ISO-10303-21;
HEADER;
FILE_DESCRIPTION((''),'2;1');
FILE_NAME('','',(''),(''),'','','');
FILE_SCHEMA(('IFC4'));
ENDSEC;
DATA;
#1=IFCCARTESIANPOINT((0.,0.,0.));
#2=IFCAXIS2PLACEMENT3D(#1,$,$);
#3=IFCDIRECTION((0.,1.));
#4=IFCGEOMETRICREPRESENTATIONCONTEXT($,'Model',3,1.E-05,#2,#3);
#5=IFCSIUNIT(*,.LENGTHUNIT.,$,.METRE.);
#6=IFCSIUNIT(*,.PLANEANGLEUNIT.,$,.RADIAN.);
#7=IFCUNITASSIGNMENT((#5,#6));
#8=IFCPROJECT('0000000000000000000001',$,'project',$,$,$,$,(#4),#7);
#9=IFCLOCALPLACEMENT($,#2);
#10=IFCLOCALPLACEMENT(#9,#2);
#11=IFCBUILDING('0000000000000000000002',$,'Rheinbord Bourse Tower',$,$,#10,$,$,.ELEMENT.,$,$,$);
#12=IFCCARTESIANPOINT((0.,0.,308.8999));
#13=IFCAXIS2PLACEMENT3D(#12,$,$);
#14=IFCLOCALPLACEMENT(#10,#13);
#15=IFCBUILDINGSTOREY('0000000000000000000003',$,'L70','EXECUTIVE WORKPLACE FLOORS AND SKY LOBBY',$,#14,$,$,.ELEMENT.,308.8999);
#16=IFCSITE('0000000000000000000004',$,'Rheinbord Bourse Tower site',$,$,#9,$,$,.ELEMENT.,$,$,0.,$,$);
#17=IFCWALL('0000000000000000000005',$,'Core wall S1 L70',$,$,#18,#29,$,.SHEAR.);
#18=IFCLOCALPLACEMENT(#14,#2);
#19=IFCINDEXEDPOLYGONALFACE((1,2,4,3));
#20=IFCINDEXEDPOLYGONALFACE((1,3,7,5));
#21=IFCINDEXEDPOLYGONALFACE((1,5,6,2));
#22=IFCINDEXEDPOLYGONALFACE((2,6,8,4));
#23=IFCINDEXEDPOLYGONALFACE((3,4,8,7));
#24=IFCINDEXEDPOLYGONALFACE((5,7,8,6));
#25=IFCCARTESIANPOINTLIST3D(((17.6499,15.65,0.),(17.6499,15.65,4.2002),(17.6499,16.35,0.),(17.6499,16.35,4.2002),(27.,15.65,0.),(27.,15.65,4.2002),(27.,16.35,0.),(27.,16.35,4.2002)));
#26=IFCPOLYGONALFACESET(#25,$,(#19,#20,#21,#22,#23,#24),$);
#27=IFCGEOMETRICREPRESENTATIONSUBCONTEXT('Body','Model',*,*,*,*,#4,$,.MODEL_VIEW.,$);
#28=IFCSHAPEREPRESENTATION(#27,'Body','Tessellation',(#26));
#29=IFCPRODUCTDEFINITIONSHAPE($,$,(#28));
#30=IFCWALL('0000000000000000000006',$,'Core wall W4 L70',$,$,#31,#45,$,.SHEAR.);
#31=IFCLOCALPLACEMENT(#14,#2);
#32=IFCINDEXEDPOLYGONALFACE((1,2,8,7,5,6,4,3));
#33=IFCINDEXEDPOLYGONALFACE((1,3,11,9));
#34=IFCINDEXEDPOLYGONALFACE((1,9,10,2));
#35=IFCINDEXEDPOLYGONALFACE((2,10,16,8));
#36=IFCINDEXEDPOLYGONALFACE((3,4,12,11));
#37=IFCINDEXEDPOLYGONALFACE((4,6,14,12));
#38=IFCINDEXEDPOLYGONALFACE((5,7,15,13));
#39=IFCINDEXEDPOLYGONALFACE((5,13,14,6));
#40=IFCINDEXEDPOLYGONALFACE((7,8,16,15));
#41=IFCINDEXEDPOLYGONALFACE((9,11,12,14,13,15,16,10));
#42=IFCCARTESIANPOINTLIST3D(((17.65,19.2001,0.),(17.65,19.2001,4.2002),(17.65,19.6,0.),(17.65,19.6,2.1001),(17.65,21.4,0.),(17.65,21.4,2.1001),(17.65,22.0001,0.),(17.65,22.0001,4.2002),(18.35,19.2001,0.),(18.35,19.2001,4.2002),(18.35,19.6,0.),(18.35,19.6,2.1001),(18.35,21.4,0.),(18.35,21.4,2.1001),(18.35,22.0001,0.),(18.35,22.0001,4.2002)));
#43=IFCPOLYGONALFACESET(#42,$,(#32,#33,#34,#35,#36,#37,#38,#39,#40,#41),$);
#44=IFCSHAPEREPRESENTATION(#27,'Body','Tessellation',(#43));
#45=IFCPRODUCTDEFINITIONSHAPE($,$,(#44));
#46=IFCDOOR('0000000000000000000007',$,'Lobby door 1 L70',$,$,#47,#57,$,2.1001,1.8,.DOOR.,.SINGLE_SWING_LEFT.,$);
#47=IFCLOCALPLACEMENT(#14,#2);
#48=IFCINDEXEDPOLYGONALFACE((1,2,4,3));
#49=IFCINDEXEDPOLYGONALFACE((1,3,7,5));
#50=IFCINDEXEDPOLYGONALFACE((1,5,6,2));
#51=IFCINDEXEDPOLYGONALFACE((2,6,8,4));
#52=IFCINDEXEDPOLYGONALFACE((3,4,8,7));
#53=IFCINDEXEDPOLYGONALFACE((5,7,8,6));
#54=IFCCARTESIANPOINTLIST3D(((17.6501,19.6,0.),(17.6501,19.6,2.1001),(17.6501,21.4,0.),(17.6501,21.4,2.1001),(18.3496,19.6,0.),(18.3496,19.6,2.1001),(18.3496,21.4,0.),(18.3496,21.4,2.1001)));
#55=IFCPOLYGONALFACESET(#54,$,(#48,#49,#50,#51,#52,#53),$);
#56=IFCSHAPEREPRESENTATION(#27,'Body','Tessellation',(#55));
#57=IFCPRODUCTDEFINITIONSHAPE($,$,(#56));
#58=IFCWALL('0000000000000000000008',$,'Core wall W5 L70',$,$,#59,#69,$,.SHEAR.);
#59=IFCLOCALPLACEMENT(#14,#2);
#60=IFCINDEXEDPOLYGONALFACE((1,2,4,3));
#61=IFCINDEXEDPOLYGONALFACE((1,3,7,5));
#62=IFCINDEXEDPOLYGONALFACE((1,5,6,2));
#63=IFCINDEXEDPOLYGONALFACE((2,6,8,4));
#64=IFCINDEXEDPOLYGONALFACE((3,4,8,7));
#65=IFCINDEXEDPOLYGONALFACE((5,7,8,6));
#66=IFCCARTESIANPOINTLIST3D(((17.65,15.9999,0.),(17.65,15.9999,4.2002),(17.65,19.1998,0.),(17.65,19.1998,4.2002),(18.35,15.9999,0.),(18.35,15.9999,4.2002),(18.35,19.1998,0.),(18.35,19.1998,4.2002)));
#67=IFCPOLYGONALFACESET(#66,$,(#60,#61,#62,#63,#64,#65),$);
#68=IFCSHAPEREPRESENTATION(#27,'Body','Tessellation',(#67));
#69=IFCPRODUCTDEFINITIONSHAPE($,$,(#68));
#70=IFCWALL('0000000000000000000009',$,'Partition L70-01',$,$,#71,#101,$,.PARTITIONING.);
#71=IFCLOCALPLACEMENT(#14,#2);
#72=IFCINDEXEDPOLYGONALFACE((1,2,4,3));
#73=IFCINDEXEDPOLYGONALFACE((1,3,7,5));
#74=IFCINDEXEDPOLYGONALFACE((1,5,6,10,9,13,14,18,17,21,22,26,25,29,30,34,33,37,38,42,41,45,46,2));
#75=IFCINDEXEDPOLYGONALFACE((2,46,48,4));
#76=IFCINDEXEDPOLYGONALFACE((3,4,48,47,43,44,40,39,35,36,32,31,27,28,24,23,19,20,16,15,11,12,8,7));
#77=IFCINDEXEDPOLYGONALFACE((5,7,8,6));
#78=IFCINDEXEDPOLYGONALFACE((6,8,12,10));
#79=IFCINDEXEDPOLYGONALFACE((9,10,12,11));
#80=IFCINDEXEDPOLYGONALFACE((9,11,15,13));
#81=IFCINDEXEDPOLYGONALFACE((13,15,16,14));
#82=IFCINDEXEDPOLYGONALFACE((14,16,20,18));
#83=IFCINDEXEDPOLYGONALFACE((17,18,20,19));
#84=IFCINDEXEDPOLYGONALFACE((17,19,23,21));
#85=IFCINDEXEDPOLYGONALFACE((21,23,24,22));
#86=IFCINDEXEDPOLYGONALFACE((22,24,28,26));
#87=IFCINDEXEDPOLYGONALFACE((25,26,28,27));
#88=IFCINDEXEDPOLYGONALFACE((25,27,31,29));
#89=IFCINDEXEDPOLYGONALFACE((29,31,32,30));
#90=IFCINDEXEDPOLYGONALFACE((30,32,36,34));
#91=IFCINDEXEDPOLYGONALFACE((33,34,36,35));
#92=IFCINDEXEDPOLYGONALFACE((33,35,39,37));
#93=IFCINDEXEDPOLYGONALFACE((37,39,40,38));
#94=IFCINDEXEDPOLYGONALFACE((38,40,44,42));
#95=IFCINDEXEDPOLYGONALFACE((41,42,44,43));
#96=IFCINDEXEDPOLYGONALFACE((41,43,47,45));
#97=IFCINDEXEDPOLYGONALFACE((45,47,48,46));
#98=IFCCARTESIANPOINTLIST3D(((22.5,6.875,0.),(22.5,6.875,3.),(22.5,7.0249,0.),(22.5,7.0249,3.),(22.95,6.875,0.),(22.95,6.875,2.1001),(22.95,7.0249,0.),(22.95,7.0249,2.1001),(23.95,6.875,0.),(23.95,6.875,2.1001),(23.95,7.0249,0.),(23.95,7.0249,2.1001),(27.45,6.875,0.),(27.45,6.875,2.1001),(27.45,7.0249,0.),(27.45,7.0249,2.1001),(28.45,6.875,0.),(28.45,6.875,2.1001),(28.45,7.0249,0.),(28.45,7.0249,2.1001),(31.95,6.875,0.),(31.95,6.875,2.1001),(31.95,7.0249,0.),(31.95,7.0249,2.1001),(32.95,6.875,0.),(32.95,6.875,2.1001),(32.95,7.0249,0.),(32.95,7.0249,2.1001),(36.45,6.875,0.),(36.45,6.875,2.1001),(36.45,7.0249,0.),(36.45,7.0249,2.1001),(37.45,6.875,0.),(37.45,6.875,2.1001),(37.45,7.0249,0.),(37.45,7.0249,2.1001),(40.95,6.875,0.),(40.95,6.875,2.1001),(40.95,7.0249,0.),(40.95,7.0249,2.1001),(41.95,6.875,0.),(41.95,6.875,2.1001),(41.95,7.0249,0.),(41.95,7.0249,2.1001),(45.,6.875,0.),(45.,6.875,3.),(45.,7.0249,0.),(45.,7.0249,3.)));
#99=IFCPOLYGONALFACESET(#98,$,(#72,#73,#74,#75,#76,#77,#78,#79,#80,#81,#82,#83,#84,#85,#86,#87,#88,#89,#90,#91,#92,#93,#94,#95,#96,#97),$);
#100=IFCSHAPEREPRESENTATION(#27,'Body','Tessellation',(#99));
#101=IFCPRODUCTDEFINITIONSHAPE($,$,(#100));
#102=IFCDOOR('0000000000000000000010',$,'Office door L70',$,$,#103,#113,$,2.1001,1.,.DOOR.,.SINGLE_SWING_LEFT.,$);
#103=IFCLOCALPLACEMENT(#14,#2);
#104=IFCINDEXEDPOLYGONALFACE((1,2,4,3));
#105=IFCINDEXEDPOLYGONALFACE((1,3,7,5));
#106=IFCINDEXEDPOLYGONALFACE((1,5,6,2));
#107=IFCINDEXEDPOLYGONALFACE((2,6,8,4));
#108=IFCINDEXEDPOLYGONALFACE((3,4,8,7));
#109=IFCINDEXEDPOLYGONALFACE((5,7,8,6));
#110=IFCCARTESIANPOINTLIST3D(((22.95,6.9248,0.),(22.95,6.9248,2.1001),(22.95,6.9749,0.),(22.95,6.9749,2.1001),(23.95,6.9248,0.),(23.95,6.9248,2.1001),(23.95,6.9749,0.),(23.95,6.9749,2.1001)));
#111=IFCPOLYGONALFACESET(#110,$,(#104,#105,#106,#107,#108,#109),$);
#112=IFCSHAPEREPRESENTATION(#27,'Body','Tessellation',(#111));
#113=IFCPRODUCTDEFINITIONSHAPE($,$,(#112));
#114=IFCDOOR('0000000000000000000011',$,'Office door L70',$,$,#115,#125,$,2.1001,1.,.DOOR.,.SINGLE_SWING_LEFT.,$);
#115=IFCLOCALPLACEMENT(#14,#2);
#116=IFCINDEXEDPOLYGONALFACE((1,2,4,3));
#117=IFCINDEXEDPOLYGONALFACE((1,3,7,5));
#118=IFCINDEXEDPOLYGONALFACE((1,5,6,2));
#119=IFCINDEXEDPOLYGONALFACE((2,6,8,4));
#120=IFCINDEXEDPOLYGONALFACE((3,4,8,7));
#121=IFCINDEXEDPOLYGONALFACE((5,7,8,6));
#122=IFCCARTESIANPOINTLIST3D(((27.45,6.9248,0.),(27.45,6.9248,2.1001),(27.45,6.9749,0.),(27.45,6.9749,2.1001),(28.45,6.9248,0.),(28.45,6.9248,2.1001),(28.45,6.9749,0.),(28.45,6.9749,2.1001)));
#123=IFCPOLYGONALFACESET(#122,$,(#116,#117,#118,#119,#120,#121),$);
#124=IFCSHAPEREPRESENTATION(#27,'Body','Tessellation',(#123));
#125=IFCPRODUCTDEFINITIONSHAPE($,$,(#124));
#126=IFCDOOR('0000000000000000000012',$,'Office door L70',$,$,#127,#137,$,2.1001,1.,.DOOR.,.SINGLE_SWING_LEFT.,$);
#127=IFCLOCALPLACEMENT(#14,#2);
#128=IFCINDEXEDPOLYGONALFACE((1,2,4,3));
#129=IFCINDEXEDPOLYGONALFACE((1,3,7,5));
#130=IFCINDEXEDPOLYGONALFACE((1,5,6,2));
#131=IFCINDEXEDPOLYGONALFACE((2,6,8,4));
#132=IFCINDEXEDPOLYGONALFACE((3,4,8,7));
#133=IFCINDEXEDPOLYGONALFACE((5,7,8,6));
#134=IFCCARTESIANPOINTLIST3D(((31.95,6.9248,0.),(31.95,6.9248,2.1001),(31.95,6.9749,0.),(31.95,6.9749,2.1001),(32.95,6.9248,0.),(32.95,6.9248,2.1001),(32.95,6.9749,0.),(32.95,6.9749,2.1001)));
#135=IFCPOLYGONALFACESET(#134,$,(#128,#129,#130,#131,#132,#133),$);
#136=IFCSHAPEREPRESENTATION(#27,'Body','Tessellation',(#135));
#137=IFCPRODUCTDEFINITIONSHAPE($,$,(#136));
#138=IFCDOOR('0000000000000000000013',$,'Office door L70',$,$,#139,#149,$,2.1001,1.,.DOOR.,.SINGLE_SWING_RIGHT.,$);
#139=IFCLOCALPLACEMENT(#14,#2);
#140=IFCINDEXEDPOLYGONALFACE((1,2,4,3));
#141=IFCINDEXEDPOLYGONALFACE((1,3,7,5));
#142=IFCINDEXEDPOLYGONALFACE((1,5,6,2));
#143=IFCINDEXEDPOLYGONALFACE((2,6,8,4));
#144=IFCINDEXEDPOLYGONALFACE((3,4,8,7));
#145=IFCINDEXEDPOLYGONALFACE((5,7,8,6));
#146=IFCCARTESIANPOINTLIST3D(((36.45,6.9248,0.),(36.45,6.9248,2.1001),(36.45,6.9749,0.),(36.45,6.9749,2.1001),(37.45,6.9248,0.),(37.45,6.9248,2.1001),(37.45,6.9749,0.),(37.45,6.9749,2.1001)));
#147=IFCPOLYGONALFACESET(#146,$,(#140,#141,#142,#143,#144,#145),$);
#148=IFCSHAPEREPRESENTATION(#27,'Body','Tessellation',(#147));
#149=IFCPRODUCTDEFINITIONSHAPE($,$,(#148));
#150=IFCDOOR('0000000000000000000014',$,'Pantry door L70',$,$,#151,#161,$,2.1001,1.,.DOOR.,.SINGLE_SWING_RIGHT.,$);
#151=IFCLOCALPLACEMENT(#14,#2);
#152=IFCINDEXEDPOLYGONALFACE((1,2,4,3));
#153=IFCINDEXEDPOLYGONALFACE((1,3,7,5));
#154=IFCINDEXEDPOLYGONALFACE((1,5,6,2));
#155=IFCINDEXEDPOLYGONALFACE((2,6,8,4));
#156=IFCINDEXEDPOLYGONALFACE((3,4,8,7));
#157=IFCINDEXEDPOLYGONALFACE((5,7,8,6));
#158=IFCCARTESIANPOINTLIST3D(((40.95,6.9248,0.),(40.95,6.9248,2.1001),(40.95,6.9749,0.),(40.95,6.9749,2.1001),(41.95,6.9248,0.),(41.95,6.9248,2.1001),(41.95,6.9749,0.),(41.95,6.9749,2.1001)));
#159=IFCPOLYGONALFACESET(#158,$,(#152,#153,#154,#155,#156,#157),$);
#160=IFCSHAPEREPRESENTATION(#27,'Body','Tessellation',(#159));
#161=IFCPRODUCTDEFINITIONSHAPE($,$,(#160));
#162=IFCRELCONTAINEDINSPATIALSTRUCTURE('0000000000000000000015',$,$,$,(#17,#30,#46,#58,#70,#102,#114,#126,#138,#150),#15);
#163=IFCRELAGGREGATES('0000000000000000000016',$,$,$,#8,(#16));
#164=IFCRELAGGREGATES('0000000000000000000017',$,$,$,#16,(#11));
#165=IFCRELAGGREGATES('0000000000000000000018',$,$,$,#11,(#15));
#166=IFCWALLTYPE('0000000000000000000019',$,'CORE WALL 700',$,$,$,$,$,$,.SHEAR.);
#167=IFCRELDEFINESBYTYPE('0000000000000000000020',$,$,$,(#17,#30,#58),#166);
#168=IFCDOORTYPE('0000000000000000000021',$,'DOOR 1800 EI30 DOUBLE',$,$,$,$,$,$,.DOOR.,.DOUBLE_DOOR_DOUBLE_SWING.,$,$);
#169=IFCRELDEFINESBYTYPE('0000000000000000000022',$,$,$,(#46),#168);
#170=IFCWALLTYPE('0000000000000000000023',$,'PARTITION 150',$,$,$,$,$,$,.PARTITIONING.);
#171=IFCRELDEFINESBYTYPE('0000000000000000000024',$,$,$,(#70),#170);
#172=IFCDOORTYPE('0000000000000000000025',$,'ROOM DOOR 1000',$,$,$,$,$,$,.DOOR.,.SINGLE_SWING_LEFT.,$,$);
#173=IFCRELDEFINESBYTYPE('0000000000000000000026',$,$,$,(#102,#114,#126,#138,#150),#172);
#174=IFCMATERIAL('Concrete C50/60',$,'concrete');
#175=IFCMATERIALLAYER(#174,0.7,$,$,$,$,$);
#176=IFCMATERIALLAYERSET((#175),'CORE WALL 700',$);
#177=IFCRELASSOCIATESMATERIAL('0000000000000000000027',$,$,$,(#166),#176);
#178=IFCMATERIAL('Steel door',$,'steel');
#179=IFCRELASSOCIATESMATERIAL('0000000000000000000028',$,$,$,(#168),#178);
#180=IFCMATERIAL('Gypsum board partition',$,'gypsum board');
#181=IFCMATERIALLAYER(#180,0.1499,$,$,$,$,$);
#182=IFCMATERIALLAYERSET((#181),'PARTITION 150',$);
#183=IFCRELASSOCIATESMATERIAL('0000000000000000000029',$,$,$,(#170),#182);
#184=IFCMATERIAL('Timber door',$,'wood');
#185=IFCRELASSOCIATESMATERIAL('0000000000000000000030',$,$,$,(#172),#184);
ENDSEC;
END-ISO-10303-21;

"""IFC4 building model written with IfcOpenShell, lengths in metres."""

from ifc_helpers import new_model, si_unit, direction, frame, frame_2d, origin, place, context, subcontext, project, spatial, rectangle, extrude, material, layer, layer_set, type_object, element, fill, save


model = new_model("IFC4")

# Units and contexts
model_context = context("Model", 3, precision=1e-05, world=origin(), true_north=direction((0.0, 1.0)))
body_context = subcontext(model_context, "Body", "Model", "MODEL_VIEW")
ifc_project = project(units=[si_unit("LENGTHUNIT", "METRE"), si_unit("PLANEANGLEUNIT", "RADIAN")], contexts=[model_context])

# Site, building, storey
site_placement = place(None, origin())
site = spatial("IfcSite", under=ifc_project, at=site_placement, Name="Rheinbord Bourse Tower site", CompositionType="ELEMENT", RefElevation=0.0)
building_placement = place(site_placement, origin())
building = spatial("IfcBuilding", under=site, at=building_placement, Name="Rheinbord Bourse Tower", CompositionType="ELEMENT")
storey_placement = place(building_placement, frame((0.0, 0.0, 308.8999)))
storey = spatial("IfcBuildingStorey", under=building, at=storey_placement, Name="L70", Description="EXECUTIVE WORKPLACE FLOORS AND SKY LOBBY", CompositionType="ELEMENT", Elevation=308.8999)

# Wall
ifc_material_1 = material(Name="Concrete C50/60", Category="concrete")
ifc_layer_1 = layer(ifc_material_1, 0.7)
ifc_layer_set_1 = layer_set([ifc_layer_1], Name="CORE WALL 700")
wall_type_1 = type_object("IfcWallType", Name="CORE WALL 700", PredefinedType="SHEAR", material=ifc_layer_set_1)
wall_1_placement = place(storey_placement, frame((17.6499, 16.0, 0.0), z_axis=(0.0, 0.0, 1.0), x_axis=(1.0, 0.0, 0.0)))
element("IfcWall", 1, at=wall_1_placement, inside=storey, type_object=wall_type_1, Name="Core wall S1 L70", PredefinedType="SHEAR", context=body_context, shape_type="SweptSolid", body=[
    extrude(rectangle(XDim=9.3501, YDim=0.7, at=frame_2d((4.675, 0.0))), origin(), (0.0, 0.0, 1.0), 4.2002),
])

# Wall, opening, door
wall_2_placement = place(storey_placement, frame((18.0, 22.0, 0.0), z_axis=(0.0, 0.0, 1.0), x_axis=(0.0, -1.0, 0.0)))
wall_2 = element("IfcWall", 2, at=wall_2_placement, inside=storey, type_object=wall_type_1, Name="Core wall W4 L70", PredefinedType="SHEAR", context=body_context, shape_type="SweptSolid", body=[
    extrude(rectangle(XDim=2.8, YDim=0.7, at=frame_2d((1.3999, 0.0))), origin(), (0.0, 0.0, 1.0), 4.2002),
])
opening_1_placement = place(wall_2_placement, frame((0.6001, 0.0, 0.0)))
opening_1 = element("IfcOpeningElement", 3, at=opening_1_placement, cuts=wall_2, PredefinedType="OPENING", context=body_context, shape_type="SweptSolid", body=[
    extrude(rectangle(XDim=1.8, YDim=2.1001, at=frame_2d((0.8999, 1.05))), frame((0.0, 0.3599, 0.0), z_axis=(0.0, -1.0, 0.0), x_axis=(1.0, 0.0, 0.0)), (0.0, 0.0, 1.0), 0.72),
])
ifc_material_2 = material(Name="Steel door", Category="steel")
door_type_1 = type_object("IfcDoorType", Name="DOOR 1800 EI30 DOUBLE", OperationType="DOUBLE_DOOR_DOUBLE_SWING", PredefinedType="DOOR", material=ifc_material_2)
door_1_placement = place(opening_1_placement, origin())
door_1 = element("IfcDoor", 4, at=door_1_placement, inside=storey, type_object=door_type_1, Name="Lobby door 1 L70", OperationType="SINGLE_SWING_LEFT", OverallHeight=2.1001, OverallWidth=1.8, PredefinedType="DOOR", context=body_context, shape_type="SweptSolid", body=[
    extrude(rectangle(XDim=1.8, YDim=2.1001, at=frame_2d((0.8999, 1.05))), frame((0.0, 0.3496, 0.0), z_axis=(0.0, -1.0, 0.0), x_axis=(1.0, 0.0, 0.0)), (0.0, 0.0, 1.0), 0.6995),
])
fill(opening_1, door_1)

# Wall
wall_3_placement = place(storey_placement, frame((18.0, 19.2, 0.0), z_axis=(0.0, 0.0, 1.0), x_axis=(0.0, -1.0, 0.0)))
element("IfcWall", 5, at=wall_3_placement, inside=storey, type_object=wall_type_1, Name="Core wall W5 L70", PredefinedType="SHEAR", context=body_context, shape_type="SweptSolid", body=[
    extrude(rectangle(XDim=3.2, YDim=0.7, at=frame_2d((1.6001, 0.0))), origin(), (0.0, 0.0, 1.0), 4.2002),
])

# Wall, openings, doors
ifc_material_3 = material(Name="Gypsum board partition", Category="gypsum board")
ifc_layer_2 = layer(ifc_material_3, 0.1499)
ifc_layer_set_2 = layer_set([ifc_layer_2], Name="PARTITION 150")
wall_type_2 = type_object("IfcWallType", Name="PARTITION 150", PredefinedType="PARTITIONING", material=ifc_layer_set_2)
wall_4_placement = place(storey_placement, frame((22.5, 6.95, 0.0), z_axis=(0.0, 0.0, 1.0), x_axis=(1.0, 0.0, 0.0)))
wall_4 = element("IfcWall", 6, at=wall_4_placement, inside=storey, type_object=wall_type_2, Name="Partition L70-01", PredefinedType="PARTITIONING", context=body_context, shape_type="SweptSolid", body=[
    extrude(rectangle(XDim=22.5, YDim=0.1499, at=frame_2d((11.25, 0.0))), origin(), (0.0, 0.0, 1.0), 3.0),
])
opening_2_placement = place(wall_4_placement, frame((0.45, 0.0, 0.0)))
opening_2 = element("IfcOpeningElement", 7, at=opening_2_placement, cuts=wall_4, PredefinedType="OPENING", context=body_context, shape_type="SweptSolid", body=[
    extrude(rectangle(XDim=1.0, YDim=2.1001, at=frame_2d((0.5, 1.05))), frame((0.0, 0.085, 0.0), z_axis=(0.0, -1.0, 0.0), x_axis=(1.0, 0.0, 0.0)), (0.0, 0.0, 1.0), 0.1699),
])
opening_3_placement = place(wall_4_placement, frame((4.95, 0.0, 0.0)))
opening_3 = element("IfcOpeningElement", 8, at=opening_3_placement, cuts=wall_4, PredefinedType="OPENING", context=body_context, shape_type="SweptSolid", body=[
    extrude(rectangle(XDim=1.0, YDim=2.1001, at=frame_2d((0.5, 1.05))), frame((0.0, 0.085, 0.0), z_axis=(0.0, -1.0, 0.0), x_axis=(1.0, 0.0, 0.0)), (0.0, 0.0, 1.0), 0.1699),
])
opening_4_placement = place(wall_4_placement, frame((9.45, 0.0, 0.0)))
opening_4 = element("IfcOpeningElement", 9, at=opening_4_placement, cuts=wall_4, PredefinedType="OPENING", context=body_context, shape_type="SweptSolid", body=[
    extrude(rectangle(XDim=1.0, YDim=2.1001, at=frame_2d((0.5, 1.05))), frame((0.0, 0.085, 0.0), z_axis=(0.0, -1.0, 0.0), x_axis=(1.0, 0.0, 0.0)), (0.0, 0.0, 1.0), 0.1699),
])
opening_5_placement = place(wall_4_placement, frame((13.95, 0.0, 0.0)))
opening_5 = element("IfcOpeningElement", 10, at=opening_5_placement, cuts=wall_4, PredefinedType="OPENING", context=body_context, shape_type="SweptSolid", body=[
    extrude(rectangle(XDim=1.0, YDim=2.1001, at=frame_2d((0.5, 1.05))), frame((0.0, 0.085, 0.0), z_axis=(0.0, -1.0, 0.0), x_axis=(1.0, 0.0, 0.0)), (0.0, 0.0, 1.0), 0.1699),
])
opening_6_placement = place(wall_4_placement, frame((18.45, 0.0, 0.0)))
opening_6 = element("IfcOpeningElement", 11, at=opening_6_placement, cuts=wall_4, PredefinedType="OPENING", context=body_context, shape_type="SweptSolid", body=[
    extrude(rectangle(XDim=1.0, YDim=2.1001, at=frame_2d((0.5, 1.05))), frame((0.0, 0.085, 0.0), z_axis=(0.0, -1.0, 0.0), x_axis=(1.0, 0.0, 0.0)), (0.0, 0.0, 1.0), 0.1699),
])
ifc_material_4 = material(Name="Timber door", Category="wood")
door_type_2 = type_object("IfcDoorType", Name="ROOM DOOR 1000", OperationType="SINGLE_SWING_LEFT", PredefinedType="DOOR", material=ifc_material_4)
door_2_placement = place(opening_2_placement, origin())
door_2 = element("IfcDoor", 12, at=door_2_placement, inside=storey, type_object=door_type_2, Name="Office door L70", OperationType="SINGLE_SWING_LEFT", OverallHeight=2.1001, OverallWidth=1.0, PredefinedType="DOOR", context=body_context, shape_type="SweptSolid", body=[
    extrude(rectangle(XDim=1.0, YDim=2.1001, at=frame_2d((0.5, 1.05))), frame((0.0, 0.0249, 0.0), z_axis=(0.0, -1.0, 0.0), x_axis=(1.0, 0.0, 0.0)), (0.0, 0.0, 1.0), 0.05),
])
fill(opening_2, door_2)
door_3_placement = place(opening_3_placement, origin())
door_3 = element("IfcDoor", 13, at=door_3_placement, inside=storey, type_object=door_type_2, Name="Office door L70", OperationType="SINGLE_SWING_LEFT", OverallHeight=2.1001, OverallWidth=1.0, PredefinedType="DOOR", context=body_context, shape_type="SweptSolid", body=[
    extrude(rectangle(XDim=1.0, YDim=2.1001, at=frame_2d((0.5, 1.05))), frame((0.0, 0.0249, 0.0), z_axis=(0.0, -1.0, 0.0), x_axis=(1.0, 0.0, 0.0)), (0.0, 0.0, 1.0), 0.05),
])
fill(opening_3, door_3)
door_4_placement = place(opening_4_placement, origin())
door_4 = element("IfcDoor", 14, at=door_4_placement, inside=storey, type_object=door_type_2, Name="Office door L70", OperationType="SINGLE_SWING_LEFT", OverallHeight=2.1001, OverallWidth=1.0, PredefinedType="DOOR", context=body_context, shape_type="SweptSolid", body=[
    extrude(rectangle(XDim=1.0, YDim=2.1001, at=frame_2d((0.5, 1.05))), frame((0.0, 0.0249, 0.0), z_axis=(0.0, -1.0, 0.0), x_axis=(1.0, 0.0, 0.0)), (0.0, 0.0, 1.0), 0.05),
])
fill(opening_4, door_4)
door_5_placement = place(opening_5_placement, origin())
door_5 = element("IfcDoor", 15, at=door_5_placement, inside=storey, type_object=door_type_2, Name="Office door L70", OperationType="SINGLE_SWING_RIGHT", OverallHeight=2.1001, OverallWidth=1.0, PredefinedType="DOOR", context=body_context, shape_type="SweptSolid", body=[
    extrude(rectangle(XDim=1.0, YDim=2.1001, at=frame_2d((0.5, 1.05))), frame((0.0, 0.0249, 0.0), z_axis=(0.0, -1.0, 0.0), x_axis=(1.0, 0.0, 0.0)), (0.0, 0.0, 1.0), 0.05),
])
fill(opening_5, door_5)
door_6_placement = place(opening_6_placement, origin())
door_6 = element("IfcDoor", 16, at=door_6_placement, inside=storey, type_object=door_type_2, Name="Pantry door L70", OperationType="SINGLE_SWING_RIGHT", OverallHeight=2.1001, OverallWidth=1.0, PredefinedType="DOOR", context=body_context, shape_type="SweptSolid", body=[
    extrude(rectangle(XDim=1.0, YDim=2.1001, at=frame_2d((0.5, 1.05))), frame((0.0, 0.0249, 0.0), z_axis=(0.0, -1.0, 0.0), x_axis=(1.0, 0.0, 0.0)), (0.0, 0.0, 1.0), 0.05),
])
fill(opening_6, door_6)

save(model, "model.ifc")
